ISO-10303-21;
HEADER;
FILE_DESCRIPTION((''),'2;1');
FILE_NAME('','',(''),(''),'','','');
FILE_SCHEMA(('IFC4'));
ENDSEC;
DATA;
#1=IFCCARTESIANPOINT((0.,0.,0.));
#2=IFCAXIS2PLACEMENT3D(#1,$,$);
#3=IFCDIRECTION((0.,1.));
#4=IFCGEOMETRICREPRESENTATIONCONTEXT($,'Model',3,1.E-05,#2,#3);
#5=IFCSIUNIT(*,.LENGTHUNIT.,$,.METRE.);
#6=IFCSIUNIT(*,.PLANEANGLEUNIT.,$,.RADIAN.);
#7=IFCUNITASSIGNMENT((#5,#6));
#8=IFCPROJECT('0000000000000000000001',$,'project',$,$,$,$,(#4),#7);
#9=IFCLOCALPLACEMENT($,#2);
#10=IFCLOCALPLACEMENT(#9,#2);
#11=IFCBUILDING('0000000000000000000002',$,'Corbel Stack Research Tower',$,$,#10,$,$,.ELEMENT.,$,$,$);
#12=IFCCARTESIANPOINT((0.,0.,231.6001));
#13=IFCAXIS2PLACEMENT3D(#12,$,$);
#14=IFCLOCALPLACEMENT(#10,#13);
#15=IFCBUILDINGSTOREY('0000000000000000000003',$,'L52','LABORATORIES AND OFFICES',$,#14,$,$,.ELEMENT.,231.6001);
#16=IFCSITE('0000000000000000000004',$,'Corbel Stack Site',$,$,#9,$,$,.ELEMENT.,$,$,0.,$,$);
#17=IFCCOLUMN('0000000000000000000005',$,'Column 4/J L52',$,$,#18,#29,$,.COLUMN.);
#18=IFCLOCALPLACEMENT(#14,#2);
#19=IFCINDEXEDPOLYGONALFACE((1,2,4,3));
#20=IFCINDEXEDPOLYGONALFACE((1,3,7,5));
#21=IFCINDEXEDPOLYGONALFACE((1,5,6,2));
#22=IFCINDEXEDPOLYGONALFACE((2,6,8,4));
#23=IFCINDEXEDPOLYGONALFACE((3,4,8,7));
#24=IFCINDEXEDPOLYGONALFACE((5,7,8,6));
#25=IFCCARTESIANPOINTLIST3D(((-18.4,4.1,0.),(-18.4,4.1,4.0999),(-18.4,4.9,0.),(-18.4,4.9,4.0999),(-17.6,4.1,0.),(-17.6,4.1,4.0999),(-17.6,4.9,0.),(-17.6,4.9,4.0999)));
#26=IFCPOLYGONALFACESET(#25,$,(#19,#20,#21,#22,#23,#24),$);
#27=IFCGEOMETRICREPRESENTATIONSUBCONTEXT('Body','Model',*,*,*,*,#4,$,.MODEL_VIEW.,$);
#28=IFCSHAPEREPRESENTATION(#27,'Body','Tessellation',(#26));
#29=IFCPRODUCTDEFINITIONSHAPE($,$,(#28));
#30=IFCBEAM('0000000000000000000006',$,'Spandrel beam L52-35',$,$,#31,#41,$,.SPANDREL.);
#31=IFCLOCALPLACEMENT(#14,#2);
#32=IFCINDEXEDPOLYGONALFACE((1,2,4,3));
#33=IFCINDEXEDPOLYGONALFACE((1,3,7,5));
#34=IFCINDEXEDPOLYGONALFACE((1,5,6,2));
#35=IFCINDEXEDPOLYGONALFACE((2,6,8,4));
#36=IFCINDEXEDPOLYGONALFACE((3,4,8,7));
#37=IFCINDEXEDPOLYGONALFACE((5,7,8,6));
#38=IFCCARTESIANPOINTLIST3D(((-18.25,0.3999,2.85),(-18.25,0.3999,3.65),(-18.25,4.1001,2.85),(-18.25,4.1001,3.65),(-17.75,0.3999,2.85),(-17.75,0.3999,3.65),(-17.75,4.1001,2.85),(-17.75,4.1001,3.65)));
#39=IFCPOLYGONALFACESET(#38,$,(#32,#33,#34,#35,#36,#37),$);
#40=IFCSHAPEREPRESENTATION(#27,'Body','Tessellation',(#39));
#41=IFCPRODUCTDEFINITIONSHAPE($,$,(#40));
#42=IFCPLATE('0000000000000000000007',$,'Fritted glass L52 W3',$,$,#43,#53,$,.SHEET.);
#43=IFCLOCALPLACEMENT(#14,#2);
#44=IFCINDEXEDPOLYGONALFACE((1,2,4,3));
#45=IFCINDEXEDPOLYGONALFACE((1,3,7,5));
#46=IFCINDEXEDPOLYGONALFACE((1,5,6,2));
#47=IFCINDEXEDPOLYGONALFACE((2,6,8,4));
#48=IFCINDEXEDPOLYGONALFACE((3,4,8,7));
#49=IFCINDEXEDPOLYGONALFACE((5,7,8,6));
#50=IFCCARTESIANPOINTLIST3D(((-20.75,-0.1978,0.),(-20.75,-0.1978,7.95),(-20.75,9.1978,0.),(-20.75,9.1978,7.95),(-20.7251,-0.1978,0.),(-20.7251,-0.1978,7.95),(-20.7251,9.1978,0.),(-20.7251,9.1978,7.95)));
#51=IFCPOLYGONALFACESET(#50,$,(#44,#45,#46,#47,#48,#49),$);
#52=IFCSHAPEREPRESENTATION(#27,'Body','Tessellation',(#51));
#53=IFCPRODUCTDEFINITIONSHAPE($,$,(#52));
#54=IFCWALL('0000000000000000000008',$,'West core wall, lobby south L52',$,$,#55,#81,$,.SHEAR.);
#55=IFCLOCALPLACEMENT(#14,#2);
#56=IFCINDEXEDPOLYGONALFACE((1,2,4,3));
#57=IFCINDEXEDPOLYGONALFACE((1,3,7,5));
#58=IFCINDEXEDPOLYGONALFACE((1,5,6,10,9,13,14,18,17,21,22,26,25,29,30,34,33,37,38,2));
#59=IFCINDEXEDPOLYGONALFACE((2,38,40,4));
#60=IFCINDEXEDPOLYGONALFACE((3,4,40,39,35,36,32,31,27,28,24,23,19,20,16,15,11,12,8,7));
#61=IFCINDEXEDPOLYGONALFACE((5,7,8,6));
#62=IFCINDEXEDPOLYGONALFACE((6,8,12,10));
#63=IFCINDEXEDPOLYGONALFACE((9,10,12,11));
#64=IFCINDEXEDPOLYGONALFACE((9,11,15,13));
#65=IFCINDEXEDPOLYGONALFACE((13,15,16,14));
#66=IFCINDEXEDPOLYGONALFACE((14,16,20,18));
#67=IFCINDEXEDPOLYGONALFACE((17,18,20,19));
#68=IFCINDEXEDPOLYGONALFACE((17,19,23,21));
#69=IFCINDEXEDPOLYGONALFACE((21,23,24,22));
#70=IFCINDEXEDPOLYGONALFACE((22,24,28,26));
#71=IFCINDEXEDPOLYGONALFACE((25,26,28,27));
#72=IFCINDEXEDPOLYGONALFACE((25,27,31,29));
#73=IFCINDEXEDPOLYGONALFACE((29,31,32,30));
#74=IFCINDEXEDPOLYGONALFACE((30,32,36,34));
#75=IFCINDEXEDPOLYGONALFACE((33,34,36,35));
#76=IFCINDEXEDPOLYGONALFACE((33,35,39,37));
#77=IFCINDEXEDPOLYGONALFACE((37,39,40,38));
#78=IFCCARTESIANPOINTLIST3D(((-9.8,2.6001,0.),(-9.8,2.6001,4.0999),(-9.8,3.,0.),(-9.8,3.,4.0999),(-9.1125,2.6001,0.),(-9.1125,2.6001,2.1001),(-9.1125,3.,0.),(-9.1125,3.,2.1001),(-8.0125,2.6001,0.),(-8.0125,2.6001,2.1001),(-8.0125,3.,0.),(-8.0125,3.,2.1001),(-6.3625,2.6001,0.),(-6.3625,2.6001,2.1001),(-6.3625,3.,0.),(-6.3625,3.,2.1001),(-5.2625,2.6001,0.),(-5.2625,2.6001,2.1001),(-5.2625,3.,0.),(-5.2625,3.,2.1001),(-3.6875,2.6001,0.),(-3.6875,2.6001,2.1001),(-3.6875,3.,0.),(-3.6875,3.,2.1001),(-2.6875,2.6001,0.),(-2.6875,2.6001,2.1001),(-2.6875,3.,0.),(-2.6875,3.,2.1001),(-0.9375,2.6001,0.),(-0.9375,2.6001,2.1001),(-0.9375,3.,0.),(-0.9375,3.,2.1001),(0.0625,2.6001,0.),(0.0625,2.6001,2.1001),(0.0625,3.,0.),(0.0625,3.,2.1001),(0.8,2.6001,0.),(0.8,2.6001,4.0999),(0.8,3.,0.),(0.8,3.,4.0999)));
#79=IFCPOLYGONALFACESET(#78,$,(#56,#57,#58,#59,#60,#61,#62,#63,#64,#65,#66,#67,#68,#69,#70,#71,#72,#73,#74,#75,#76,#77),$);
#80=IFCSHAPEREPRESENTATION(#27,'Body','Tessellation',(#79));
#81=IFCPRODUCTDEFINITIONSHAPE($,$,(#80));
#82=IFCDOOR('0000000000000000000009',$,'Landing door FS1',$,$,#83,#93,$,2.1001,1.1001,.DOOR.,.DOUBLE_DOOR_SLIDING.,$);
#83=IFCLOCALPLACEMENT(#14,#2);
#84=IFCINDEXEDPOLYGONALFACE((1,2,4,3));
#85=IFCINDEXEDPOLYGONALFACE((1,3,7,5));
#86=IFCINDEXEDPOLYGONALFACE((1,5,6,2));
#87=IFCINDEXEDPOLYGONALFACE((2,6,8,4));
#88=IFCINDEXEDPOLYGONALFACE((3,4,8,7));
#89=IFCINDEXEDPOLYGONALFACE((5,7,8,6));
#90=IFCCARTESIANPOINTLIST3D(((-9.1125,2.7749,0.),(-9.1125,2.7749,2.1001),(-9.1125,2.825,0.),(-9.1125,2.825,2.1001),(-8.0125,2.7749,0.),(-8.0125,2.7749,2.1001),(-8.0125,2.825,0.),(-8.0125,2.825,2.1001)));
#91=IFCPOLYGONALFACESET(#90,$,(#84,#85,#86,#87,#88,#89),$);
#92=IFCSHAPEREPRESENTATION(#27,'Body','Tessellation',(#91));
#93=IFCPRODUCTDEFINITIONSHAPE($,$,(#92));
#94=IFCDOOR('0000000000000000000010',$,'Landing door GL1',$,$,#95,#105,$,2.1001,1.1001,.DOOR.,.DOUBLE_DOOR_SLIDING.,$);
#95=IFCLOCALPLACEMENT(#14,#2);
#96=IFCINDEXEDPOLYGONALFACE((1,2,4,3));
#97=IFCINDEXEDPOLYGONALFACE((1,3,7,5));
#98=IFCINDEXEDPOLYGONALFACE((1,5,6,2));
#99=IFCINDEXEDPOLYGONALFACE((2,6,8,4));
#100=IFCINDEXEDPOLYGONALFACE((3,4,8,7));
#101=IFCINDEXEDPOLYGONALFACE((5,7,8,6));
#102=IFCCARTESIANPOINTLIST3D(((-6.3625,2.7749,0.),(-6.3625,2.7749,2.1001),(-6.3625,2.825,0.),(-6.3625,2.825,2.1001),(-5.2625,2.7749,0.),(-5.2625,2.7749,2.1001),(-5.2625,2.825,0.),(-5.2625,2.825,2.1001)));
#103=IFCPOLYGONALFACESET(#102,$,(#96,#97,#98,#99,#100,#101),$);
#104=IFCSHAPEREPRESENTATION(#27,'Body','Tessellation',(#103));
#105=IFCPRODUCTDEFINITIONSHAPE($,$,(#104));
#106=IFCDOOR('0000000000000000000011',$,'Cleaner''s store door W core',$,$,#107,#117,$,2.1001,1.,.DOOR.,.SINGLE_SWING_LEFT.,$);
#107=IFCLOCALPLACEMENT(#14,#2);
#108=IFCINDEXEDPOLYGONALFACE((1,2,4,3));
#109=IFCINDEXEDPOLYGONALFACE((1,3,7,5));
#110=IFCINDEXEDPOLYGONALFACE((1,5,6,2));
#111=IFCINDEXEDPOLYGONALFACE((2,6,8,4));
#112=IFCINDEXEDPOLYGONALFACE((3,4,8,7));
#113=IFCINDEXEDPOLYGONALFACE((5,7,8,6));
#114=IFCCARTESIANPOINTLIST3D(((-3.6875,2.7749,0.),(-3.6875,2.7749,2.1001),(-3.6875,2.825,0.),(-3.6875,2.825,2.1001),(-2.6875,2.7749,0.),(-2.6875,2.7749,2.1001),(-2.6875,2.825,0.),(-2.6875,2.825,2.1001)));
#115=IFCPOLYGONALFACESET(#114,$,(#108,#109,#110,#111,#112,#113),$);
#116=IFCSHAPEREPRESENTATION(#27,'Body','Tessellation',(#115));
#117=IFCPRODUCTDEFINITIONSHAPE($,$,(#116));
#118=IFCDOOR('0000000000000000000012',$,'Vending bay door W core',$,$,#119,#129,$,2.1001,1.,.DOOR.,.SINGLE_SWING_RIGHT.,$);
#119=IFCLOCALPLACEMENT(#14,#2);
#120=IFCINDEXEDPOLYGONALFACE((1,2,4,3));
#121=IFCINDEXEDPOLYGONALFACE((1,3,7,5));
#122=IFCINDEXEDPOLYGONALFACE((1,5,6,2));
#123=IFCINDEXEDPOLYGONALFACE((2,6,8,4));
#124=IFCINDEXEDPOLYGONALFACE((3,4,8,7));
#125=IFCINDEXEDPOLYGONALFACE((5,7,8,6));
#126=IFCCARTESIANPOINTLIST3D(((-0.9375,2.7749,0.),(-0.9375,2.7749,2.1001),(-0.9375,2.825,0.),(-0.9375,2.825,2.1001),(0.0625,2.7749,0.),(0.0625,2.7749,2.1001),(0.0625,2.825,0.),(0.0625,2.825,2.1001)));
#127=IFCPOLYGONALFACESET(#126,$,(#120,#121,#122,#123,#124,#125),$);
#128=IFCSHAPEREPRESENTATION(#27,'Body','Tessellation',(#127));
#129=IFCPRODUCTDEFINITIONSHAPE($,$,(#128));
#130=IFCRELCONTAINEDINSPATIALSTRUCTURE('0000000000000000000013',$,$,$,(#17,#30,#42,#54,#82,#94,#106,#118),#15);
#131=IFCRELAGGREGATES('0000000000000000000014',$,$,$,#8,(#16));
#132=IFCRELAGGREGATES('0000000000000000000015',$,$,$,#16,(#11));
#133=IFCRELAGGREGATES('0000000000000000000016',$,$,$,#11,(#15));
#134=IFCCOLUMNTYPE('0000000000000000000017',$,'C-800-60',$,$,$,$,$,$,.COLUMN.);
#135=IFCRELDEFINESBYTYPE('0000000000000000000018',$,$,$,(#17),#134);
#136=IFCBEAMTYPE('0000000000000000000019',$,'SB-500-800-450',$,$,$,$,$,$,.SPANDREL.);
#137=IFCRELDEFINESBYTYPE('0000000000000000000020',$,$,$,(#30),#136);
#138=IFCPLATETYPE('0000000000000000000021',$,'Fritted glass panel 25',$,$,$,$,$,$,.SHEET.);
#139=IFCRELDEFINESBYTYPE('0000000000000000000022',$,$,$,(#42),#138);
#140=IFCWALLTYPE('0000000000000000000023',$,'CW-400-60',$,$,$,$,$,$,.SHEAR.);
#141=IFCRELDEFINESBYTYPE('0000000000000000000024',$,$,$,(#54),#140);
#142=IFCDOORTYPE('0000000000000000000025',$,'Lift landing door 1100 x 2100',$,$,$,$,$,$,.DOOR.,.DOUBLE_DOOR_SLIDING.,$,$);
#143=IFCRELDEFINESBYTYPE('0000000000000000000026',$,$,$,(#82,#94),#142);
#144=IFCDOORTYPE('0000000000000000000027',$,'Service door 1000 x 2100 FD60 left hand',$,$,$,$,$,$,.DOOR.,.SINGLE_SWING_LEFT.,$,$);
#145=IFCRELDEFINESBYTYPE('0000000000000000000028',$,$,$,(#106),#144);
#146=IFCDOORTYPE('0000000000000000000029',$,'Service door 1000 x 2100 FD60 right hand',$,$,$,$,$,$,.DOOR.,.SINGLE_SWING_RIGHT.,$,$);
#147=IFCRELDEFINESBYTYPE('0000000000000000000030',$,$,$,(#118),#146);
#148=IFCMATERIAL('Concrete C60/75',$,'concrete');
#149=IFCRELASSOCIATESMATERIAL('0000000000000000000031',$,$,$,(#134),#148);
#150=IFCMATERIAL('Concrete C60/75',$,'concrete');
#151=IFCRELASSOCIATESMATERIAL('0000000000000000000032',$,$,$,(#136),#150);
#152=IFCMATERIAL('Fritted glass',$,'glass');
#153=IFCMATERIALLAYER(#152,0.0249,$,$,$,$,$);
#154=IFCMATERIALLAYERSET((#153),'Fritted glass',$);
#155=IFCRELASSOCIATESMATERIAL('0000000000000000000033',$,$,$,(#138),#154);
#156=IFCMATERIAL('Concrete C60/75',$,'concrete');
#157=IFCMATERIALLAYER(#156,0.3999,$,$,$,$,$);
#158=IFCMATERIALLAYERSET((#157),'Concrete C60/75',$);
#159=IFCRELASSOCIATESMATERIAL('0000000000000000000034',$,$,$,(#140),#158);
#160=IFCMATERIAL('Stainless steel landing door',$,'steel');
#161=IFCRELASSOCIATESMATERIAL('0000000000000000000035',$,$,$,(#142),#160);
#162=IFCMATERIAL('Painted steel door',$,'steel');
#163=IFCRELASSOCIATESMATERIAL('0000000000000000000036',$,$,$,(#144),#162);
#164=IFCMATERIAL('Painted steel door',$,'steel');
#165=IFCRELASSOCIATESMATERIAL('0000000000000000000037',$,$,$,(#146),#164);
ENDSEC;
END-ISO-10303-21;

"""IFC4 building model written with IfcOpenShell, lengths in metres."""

from ifc_helpers import new_model, si_unit, direction, frame, frame_2d, origin, origin_2d, place, context, subcontext, project, spatial, rectangle, extrude, material, layer, layer_set, material_profile, profile_set, type_object, element, fill, save


model = new_model("IFC4")

# Units and contexts
model_context = context("Model", 3, precision=1e-05, world=origin(), true_north=direction((0.0, 1.0)))
body_context = subcontext(model_context, "Body", "Model", "MODEL_VIEW")
ifc_project = project(units=[si_unit("LENGTHUNIT", "METRE"), si_unit("PLANEANGLEUNIT", "RADIAN")], contexts=[model_context])

# Site, building, storey
site_placement = place(None, origin())
site = spatial("IfcSite", under=ifc_project, at=site_placement, Name="Corbel Stack Site", CompositionType="ELEMENT", RefElevation=0.0)
building_placement = place(site_placement, origin())
building = spatial("IfcBuilding", under=site, at=building_placement, Name="Corbel Stack Research Tower", CompositionType="ELEMENT")
storey_placement = place(building_placement, frame((0.0, 0.0, 231.6001)))
storey = spatial("IfcBuildingStorey", under=building, at=storey_placement, Name="L52", Description="LABORATORIES AND OFFICES", CompositionType="ELEMENT", Elevation=231.6001)

# Column
ifc_material_1 = material(Name="Concrete C60/75", Category="concrete")
ifc_material_profile_1 = material_profile(ifc_material_1, rectangle(XDim=0.8, YDim=0.8, at=origin_2d()), Name="RC 800 x 800")
ifc_profile_set_1 = profile_set([ifc_material_profile_1], Name="Concrete C60/75")
column_type = type_object("IfcColumnType", Name="C-800-60", PredefinedType="COLUMN", material=ifc_profile_set_1)
column_placement = place(storey_placement, frame((-18.0, 4.5, 0.0), z_axis=(0.0, 0.0, 1.0), x_axis=(1.0, 0.0, 0.0)))
element("IfcColumn", 1, at=column_placement, inside=storey, type_object=column_type, Name="Column 4/J L52", PredefinedType="COLUMN", context=body_context, shape_type="SweptSolid", body=[
    extrude(rectangle(XDim=0.8, YDim=0.8, at=origin_2d()), origin(), (0.0, 0.0, 1.0), 4.0999),
])

# Beam
ifc_material_2 = material(Name="Concrete C60/75", Category="concrete")
ifc_material_profile_2 = material_profile(ifc_material_2, rectangle(XDim=0.5, YDim=0.8, at=origin_2d()), Name="RC 500 x 800")
ifc_profile_set_2 = profile_set([ifc_material_profile_2], Name="Concrete C60/75")
beam_type = type_object("IfcBeamType", Name="SB-500-800-450", PredefinedType="SPANDREL", material=ifc_profile_set_2)
beam_placement = place(storey_placement, frame((-18.0, 4.1001, 3.25), z_axis=(0.0, -1.0, 0.0), x_axis=(1.0, 0.0, 0.0)))
element("IfcBeam", 2, at=beam_placement, inside=storey, type_object=beam_type, Name="Spandrel beam L52-35", PredefinedType="SPANDREL", context=body_context, shape_type="SweptSolid", body=[
    extrude(rectangle(XDim=0.5, YDim=0.8, at=origin_2d()), origin(), (0.0, 0.0, 1.0), 3.7002),
])

# Plate
ifc_material_3 = material(Name="Fritted glass", Category="glass")
ifc_layer_1 = layer(ifc_material_3, 0.0249)
ifc_layer_set_1 = layer_set([ifc_layer_1], Name="Fritted glass")
plate_type = type_object("IfcPlateType", Name="Fritted glass panel 25", PredefinedType="SHEET", material=ifc_layer_set_1)
plate_placement = place(storey_placement, frame((-20.7375, 4.5, 0.0), z_axis=(0.0, 0.0, 1.0), x_axis=(0.0, -1.0, 0.0)))
element("IfcPlate", 3, at=plate_placement, inside=storey, type_object=plate_type, Name="Fritted glass L52 W3", PredefinedType="SHEET", context=body_context, shape_type="SweptSolid", body=[
    extrude(rectangle(XDim=9.3955, YDim=0.0249, at=origin_2d()), origin(), (0.0, 0.0, 1.0), 7.95),
])

# Wall, openings, doors
ifc_material_4 = material(Name="Concrete C60/75", Category="concrete")
ifc_layer_2 = layer(ifc_material_4, 0.3999)
ifc_layer_set_2 = layer_set([ifc_layer_2], Name="Concrete C60/75")
wall_type_1 = type_object("IfcWallType", Name="CW-400-60", PredefinedType="SHEAR", material=ifc_layer_set_2)
wall_1_placement = place(storey_placement, frame((-9.8, 2.8, 0.0), z_axis=(0.0, 0.0, 1.0), x_axis=(1.0, 0.0, 0.0)))
wall_1 = element("IfcWall", 4, at=wall_1_placement, inside=storey, type_object=wall_type_1, Name="West core wall, lobby south L52", PredefinedType="SHEAR", context=body_context, shape_type="SweptSolid", body=[
    extrude(rectangle(XDim=10.6001, YDim=0.3999, at=frame_2d((5.3, 0.0))), origin(), (0.0, 0.0, 1.0), 4.0999),
])
opening_1_placement = place(wall_1_placement, frame((0.6875, 0.0, 0.0)))
opening_1 = element("IfcOpeningElement", 5, at=opening_1_placement, cuts=wall_1, PredefinedType="OPENING", context=body_context, shape_type="SweptSolid", body=[
    extrude(rectangle(XDim=1.1001, YDim=2.1001, at=frame_2d((0.55, 1.05))), frame((0.0, 0.21, 0.0), z_axis=(0.0, -1.0, 0.0), x_axis=(1.0, 0.0, 0.0)), (0.0, 0.0, 1.0), 0.4199),
])
opening_2_placement = place(wall_1_placement, frame((3.4375, 0.0, 0.0)))
opening_2 = element("IfcOpeningElement", 6, at=opening_2_placement, cuts=wall_1, PredefinedType="OPENING", context=body_context, shape_type="SweptSolid", body=[
    extrude(rectangle(XDim=1.1001, YDim=2.1001, at=frame_2d((0.55, 1.05))), frame((0.0, 0.21, 0.0), z_axis=(0.0, -1.0, 0.0), x_axis=(1.0, 0.0, 0.0)), (0.0, 0.0, 1.0), 0.4199),
])
opening_3_placement = place(wall_1_placement, frame((6.1125, 0.0, 0.0)))
opening_3 = element("IfcOpeningElement", 7, at=opening_3_placement, cuts=wall_1, PredefinedType="OPENING", context=body_context, shape_type="SweptSolid", body=[
    extrude(rectangle(XDim=1.0, YDim=2.1001, at=frame_2d((0.5, 1.05))), frame((0.0, 0.21, 0.0), z_axis=(0.0, -1.0, 0.0), x_axis=(1.0, 0.0, 0.0)), (0.0, 0.0, 1.0), 0.4199),
])
opening_4_placement = place(wall_1_placement, frame((8.8625, 0.0, 0.0)))
opening_4 = element("IfcOpeningElement", 8, at=opening_4_placement, cuts=wall_1, PredefinedType="OPENING", context=body_context, shape_type="SweptSolid", body=[
    extrude(rectangle(XDim=1.0, YDim=2.1001, at=frame_2d((0.5, 1.05))), frame((0.0, 0.21, 0.0), z_axis=(0.0, -1.0, 0.0), x_axis=(1.0, 0.0, 0.0)), (0.0, 0.0, 1.0), 0.4199),
])
ifc_material_5 = material(Name="Stainless steel landing door", Category="steel")
door_type_1 = type_object("IfcDoorType", Name="Lift landing door 1100 x 2100", OperationType="DOUBLE_DOOR_SLIDING", PredefinedType="DOOR", material=ifc_material_5)
door_1_placement = place(opening_1_placement, origin())
door_1 = element("IfcDoor", 9, at=door_1_placement, inside=storey, type_object=door_type_1, Name="Landing door FS1", OperationType="DOUBLE_DOOR_SLIDING", OverallHeight=2.1001, OverallWidth=1.1001, PredefinedType="DOOR", context=body_context, shape_type="SweptSolid", body=[
    extrude(rectangle(XDim=1.1001, YDim=2.1001, at=frame_2d((0.55, 1.05))), frame((0.0, 0.0249, 0.0), z_axis=(0.0, -1.0, 0.0), x_axis=(1.0, 0.0, 0.0)), (0.0, 0.0, 1.0), 0.05),
])
fill(opening_1, door_1)
door_2_placement = place(opening_2_placement, origin())
door_2 = element("IfcDoor", 10, at=door_2_placement, inside=storey, type_object=door_type_1, Name="Landing door GL1", OperationType="DOUBLE_DOOR_SLIDING", OverallHeight=2.1001, OverallWidth=1.1001, PredefinedType="DOOR", context=body_context, shape_type="SweptSolid", body=[
    extrude(rectangle(XDim=1.1001, YDim=2.1001, at=frame_2d((0.55, 1.05))), frame((0.0, 0.0249, 0.0), z_axis=(0.0, -1.0, 0.0), x_axis=(1.0, 0.0, 0.0)), (0.0, 0.0, 1.0), 0.05),
])
fill(opening_2, door_2)
ifc_material_6 = material(Name="Painted steel door", Category="steel")
door_type_2 = type_object("IfcDoorType", Name="Service door 1000 x 2100 FD60 left hand", OperationType="SINGLE_SWING_LEFT", PredefinedType="DOOR", material=ifc_material_6)
door_3_placement = place(opening_3_placement, origin())
door_3 = element("IfcDoor", 11, at=door_3_placement, inside=storey, type_object=door_type_2, Name="Cleaner's store door W core", OperationType="SINGLE_SWING_LEFT", OverallHeight=2.1001, OverallWidth=1.0, PredefinedType="DOOR", context=body_context, shape_type="SweptSolid", body=[
    extrude(rectangle(XDim=1.0, YDim=2.1001, at=frame_2d((0.5, 1.05))), frame((0.0, 0.0249, 0.0), z_axis=(0.0, -1.0, 0.0), x_axis=(1.0, 0.0, 0.0)), (0.0, 0.0, 1.0), 0.05),
])
fill(opening_3, door_3)
ifc_material_7 = material(Name="Painted steel door", Category="steel")
door_type_3 = type_object("IfcDoorType", Name="Service door 1000 x 2100 FD60 right hand", OperationType="SINGLE_SWING_RIGHT", PredefinedType="DOOR", material=ifc_material_7)
door_4_placement = place(opening_4_placement, origin())
door_4 = element("IfcDoor", 12, at=door_4_placement, inside=storey, type_object=door_type_3, Name="Vending bay door W core", OperationType="SINGLE_SWING_RIGHT", OverallHeight=2.1001, OverallWidth=1.0, PredefinedType="DOOR", context=body_context, shape_type="SweptSolid", body=[
    extrude(rectangle(XDim=1.0, YDim=2.1001, at=frame_2d((0.5, 1.05))), frame((0.0, 0.0249, 0.0), z_axis=(0.0, -1.0, 0.0), x_axis=(1.0, 0.0, 0.0)), (0.0, 0.0, 1.0), 0.05),
])
fill(opening_4, door_4)

save(model, "model.ifc")
